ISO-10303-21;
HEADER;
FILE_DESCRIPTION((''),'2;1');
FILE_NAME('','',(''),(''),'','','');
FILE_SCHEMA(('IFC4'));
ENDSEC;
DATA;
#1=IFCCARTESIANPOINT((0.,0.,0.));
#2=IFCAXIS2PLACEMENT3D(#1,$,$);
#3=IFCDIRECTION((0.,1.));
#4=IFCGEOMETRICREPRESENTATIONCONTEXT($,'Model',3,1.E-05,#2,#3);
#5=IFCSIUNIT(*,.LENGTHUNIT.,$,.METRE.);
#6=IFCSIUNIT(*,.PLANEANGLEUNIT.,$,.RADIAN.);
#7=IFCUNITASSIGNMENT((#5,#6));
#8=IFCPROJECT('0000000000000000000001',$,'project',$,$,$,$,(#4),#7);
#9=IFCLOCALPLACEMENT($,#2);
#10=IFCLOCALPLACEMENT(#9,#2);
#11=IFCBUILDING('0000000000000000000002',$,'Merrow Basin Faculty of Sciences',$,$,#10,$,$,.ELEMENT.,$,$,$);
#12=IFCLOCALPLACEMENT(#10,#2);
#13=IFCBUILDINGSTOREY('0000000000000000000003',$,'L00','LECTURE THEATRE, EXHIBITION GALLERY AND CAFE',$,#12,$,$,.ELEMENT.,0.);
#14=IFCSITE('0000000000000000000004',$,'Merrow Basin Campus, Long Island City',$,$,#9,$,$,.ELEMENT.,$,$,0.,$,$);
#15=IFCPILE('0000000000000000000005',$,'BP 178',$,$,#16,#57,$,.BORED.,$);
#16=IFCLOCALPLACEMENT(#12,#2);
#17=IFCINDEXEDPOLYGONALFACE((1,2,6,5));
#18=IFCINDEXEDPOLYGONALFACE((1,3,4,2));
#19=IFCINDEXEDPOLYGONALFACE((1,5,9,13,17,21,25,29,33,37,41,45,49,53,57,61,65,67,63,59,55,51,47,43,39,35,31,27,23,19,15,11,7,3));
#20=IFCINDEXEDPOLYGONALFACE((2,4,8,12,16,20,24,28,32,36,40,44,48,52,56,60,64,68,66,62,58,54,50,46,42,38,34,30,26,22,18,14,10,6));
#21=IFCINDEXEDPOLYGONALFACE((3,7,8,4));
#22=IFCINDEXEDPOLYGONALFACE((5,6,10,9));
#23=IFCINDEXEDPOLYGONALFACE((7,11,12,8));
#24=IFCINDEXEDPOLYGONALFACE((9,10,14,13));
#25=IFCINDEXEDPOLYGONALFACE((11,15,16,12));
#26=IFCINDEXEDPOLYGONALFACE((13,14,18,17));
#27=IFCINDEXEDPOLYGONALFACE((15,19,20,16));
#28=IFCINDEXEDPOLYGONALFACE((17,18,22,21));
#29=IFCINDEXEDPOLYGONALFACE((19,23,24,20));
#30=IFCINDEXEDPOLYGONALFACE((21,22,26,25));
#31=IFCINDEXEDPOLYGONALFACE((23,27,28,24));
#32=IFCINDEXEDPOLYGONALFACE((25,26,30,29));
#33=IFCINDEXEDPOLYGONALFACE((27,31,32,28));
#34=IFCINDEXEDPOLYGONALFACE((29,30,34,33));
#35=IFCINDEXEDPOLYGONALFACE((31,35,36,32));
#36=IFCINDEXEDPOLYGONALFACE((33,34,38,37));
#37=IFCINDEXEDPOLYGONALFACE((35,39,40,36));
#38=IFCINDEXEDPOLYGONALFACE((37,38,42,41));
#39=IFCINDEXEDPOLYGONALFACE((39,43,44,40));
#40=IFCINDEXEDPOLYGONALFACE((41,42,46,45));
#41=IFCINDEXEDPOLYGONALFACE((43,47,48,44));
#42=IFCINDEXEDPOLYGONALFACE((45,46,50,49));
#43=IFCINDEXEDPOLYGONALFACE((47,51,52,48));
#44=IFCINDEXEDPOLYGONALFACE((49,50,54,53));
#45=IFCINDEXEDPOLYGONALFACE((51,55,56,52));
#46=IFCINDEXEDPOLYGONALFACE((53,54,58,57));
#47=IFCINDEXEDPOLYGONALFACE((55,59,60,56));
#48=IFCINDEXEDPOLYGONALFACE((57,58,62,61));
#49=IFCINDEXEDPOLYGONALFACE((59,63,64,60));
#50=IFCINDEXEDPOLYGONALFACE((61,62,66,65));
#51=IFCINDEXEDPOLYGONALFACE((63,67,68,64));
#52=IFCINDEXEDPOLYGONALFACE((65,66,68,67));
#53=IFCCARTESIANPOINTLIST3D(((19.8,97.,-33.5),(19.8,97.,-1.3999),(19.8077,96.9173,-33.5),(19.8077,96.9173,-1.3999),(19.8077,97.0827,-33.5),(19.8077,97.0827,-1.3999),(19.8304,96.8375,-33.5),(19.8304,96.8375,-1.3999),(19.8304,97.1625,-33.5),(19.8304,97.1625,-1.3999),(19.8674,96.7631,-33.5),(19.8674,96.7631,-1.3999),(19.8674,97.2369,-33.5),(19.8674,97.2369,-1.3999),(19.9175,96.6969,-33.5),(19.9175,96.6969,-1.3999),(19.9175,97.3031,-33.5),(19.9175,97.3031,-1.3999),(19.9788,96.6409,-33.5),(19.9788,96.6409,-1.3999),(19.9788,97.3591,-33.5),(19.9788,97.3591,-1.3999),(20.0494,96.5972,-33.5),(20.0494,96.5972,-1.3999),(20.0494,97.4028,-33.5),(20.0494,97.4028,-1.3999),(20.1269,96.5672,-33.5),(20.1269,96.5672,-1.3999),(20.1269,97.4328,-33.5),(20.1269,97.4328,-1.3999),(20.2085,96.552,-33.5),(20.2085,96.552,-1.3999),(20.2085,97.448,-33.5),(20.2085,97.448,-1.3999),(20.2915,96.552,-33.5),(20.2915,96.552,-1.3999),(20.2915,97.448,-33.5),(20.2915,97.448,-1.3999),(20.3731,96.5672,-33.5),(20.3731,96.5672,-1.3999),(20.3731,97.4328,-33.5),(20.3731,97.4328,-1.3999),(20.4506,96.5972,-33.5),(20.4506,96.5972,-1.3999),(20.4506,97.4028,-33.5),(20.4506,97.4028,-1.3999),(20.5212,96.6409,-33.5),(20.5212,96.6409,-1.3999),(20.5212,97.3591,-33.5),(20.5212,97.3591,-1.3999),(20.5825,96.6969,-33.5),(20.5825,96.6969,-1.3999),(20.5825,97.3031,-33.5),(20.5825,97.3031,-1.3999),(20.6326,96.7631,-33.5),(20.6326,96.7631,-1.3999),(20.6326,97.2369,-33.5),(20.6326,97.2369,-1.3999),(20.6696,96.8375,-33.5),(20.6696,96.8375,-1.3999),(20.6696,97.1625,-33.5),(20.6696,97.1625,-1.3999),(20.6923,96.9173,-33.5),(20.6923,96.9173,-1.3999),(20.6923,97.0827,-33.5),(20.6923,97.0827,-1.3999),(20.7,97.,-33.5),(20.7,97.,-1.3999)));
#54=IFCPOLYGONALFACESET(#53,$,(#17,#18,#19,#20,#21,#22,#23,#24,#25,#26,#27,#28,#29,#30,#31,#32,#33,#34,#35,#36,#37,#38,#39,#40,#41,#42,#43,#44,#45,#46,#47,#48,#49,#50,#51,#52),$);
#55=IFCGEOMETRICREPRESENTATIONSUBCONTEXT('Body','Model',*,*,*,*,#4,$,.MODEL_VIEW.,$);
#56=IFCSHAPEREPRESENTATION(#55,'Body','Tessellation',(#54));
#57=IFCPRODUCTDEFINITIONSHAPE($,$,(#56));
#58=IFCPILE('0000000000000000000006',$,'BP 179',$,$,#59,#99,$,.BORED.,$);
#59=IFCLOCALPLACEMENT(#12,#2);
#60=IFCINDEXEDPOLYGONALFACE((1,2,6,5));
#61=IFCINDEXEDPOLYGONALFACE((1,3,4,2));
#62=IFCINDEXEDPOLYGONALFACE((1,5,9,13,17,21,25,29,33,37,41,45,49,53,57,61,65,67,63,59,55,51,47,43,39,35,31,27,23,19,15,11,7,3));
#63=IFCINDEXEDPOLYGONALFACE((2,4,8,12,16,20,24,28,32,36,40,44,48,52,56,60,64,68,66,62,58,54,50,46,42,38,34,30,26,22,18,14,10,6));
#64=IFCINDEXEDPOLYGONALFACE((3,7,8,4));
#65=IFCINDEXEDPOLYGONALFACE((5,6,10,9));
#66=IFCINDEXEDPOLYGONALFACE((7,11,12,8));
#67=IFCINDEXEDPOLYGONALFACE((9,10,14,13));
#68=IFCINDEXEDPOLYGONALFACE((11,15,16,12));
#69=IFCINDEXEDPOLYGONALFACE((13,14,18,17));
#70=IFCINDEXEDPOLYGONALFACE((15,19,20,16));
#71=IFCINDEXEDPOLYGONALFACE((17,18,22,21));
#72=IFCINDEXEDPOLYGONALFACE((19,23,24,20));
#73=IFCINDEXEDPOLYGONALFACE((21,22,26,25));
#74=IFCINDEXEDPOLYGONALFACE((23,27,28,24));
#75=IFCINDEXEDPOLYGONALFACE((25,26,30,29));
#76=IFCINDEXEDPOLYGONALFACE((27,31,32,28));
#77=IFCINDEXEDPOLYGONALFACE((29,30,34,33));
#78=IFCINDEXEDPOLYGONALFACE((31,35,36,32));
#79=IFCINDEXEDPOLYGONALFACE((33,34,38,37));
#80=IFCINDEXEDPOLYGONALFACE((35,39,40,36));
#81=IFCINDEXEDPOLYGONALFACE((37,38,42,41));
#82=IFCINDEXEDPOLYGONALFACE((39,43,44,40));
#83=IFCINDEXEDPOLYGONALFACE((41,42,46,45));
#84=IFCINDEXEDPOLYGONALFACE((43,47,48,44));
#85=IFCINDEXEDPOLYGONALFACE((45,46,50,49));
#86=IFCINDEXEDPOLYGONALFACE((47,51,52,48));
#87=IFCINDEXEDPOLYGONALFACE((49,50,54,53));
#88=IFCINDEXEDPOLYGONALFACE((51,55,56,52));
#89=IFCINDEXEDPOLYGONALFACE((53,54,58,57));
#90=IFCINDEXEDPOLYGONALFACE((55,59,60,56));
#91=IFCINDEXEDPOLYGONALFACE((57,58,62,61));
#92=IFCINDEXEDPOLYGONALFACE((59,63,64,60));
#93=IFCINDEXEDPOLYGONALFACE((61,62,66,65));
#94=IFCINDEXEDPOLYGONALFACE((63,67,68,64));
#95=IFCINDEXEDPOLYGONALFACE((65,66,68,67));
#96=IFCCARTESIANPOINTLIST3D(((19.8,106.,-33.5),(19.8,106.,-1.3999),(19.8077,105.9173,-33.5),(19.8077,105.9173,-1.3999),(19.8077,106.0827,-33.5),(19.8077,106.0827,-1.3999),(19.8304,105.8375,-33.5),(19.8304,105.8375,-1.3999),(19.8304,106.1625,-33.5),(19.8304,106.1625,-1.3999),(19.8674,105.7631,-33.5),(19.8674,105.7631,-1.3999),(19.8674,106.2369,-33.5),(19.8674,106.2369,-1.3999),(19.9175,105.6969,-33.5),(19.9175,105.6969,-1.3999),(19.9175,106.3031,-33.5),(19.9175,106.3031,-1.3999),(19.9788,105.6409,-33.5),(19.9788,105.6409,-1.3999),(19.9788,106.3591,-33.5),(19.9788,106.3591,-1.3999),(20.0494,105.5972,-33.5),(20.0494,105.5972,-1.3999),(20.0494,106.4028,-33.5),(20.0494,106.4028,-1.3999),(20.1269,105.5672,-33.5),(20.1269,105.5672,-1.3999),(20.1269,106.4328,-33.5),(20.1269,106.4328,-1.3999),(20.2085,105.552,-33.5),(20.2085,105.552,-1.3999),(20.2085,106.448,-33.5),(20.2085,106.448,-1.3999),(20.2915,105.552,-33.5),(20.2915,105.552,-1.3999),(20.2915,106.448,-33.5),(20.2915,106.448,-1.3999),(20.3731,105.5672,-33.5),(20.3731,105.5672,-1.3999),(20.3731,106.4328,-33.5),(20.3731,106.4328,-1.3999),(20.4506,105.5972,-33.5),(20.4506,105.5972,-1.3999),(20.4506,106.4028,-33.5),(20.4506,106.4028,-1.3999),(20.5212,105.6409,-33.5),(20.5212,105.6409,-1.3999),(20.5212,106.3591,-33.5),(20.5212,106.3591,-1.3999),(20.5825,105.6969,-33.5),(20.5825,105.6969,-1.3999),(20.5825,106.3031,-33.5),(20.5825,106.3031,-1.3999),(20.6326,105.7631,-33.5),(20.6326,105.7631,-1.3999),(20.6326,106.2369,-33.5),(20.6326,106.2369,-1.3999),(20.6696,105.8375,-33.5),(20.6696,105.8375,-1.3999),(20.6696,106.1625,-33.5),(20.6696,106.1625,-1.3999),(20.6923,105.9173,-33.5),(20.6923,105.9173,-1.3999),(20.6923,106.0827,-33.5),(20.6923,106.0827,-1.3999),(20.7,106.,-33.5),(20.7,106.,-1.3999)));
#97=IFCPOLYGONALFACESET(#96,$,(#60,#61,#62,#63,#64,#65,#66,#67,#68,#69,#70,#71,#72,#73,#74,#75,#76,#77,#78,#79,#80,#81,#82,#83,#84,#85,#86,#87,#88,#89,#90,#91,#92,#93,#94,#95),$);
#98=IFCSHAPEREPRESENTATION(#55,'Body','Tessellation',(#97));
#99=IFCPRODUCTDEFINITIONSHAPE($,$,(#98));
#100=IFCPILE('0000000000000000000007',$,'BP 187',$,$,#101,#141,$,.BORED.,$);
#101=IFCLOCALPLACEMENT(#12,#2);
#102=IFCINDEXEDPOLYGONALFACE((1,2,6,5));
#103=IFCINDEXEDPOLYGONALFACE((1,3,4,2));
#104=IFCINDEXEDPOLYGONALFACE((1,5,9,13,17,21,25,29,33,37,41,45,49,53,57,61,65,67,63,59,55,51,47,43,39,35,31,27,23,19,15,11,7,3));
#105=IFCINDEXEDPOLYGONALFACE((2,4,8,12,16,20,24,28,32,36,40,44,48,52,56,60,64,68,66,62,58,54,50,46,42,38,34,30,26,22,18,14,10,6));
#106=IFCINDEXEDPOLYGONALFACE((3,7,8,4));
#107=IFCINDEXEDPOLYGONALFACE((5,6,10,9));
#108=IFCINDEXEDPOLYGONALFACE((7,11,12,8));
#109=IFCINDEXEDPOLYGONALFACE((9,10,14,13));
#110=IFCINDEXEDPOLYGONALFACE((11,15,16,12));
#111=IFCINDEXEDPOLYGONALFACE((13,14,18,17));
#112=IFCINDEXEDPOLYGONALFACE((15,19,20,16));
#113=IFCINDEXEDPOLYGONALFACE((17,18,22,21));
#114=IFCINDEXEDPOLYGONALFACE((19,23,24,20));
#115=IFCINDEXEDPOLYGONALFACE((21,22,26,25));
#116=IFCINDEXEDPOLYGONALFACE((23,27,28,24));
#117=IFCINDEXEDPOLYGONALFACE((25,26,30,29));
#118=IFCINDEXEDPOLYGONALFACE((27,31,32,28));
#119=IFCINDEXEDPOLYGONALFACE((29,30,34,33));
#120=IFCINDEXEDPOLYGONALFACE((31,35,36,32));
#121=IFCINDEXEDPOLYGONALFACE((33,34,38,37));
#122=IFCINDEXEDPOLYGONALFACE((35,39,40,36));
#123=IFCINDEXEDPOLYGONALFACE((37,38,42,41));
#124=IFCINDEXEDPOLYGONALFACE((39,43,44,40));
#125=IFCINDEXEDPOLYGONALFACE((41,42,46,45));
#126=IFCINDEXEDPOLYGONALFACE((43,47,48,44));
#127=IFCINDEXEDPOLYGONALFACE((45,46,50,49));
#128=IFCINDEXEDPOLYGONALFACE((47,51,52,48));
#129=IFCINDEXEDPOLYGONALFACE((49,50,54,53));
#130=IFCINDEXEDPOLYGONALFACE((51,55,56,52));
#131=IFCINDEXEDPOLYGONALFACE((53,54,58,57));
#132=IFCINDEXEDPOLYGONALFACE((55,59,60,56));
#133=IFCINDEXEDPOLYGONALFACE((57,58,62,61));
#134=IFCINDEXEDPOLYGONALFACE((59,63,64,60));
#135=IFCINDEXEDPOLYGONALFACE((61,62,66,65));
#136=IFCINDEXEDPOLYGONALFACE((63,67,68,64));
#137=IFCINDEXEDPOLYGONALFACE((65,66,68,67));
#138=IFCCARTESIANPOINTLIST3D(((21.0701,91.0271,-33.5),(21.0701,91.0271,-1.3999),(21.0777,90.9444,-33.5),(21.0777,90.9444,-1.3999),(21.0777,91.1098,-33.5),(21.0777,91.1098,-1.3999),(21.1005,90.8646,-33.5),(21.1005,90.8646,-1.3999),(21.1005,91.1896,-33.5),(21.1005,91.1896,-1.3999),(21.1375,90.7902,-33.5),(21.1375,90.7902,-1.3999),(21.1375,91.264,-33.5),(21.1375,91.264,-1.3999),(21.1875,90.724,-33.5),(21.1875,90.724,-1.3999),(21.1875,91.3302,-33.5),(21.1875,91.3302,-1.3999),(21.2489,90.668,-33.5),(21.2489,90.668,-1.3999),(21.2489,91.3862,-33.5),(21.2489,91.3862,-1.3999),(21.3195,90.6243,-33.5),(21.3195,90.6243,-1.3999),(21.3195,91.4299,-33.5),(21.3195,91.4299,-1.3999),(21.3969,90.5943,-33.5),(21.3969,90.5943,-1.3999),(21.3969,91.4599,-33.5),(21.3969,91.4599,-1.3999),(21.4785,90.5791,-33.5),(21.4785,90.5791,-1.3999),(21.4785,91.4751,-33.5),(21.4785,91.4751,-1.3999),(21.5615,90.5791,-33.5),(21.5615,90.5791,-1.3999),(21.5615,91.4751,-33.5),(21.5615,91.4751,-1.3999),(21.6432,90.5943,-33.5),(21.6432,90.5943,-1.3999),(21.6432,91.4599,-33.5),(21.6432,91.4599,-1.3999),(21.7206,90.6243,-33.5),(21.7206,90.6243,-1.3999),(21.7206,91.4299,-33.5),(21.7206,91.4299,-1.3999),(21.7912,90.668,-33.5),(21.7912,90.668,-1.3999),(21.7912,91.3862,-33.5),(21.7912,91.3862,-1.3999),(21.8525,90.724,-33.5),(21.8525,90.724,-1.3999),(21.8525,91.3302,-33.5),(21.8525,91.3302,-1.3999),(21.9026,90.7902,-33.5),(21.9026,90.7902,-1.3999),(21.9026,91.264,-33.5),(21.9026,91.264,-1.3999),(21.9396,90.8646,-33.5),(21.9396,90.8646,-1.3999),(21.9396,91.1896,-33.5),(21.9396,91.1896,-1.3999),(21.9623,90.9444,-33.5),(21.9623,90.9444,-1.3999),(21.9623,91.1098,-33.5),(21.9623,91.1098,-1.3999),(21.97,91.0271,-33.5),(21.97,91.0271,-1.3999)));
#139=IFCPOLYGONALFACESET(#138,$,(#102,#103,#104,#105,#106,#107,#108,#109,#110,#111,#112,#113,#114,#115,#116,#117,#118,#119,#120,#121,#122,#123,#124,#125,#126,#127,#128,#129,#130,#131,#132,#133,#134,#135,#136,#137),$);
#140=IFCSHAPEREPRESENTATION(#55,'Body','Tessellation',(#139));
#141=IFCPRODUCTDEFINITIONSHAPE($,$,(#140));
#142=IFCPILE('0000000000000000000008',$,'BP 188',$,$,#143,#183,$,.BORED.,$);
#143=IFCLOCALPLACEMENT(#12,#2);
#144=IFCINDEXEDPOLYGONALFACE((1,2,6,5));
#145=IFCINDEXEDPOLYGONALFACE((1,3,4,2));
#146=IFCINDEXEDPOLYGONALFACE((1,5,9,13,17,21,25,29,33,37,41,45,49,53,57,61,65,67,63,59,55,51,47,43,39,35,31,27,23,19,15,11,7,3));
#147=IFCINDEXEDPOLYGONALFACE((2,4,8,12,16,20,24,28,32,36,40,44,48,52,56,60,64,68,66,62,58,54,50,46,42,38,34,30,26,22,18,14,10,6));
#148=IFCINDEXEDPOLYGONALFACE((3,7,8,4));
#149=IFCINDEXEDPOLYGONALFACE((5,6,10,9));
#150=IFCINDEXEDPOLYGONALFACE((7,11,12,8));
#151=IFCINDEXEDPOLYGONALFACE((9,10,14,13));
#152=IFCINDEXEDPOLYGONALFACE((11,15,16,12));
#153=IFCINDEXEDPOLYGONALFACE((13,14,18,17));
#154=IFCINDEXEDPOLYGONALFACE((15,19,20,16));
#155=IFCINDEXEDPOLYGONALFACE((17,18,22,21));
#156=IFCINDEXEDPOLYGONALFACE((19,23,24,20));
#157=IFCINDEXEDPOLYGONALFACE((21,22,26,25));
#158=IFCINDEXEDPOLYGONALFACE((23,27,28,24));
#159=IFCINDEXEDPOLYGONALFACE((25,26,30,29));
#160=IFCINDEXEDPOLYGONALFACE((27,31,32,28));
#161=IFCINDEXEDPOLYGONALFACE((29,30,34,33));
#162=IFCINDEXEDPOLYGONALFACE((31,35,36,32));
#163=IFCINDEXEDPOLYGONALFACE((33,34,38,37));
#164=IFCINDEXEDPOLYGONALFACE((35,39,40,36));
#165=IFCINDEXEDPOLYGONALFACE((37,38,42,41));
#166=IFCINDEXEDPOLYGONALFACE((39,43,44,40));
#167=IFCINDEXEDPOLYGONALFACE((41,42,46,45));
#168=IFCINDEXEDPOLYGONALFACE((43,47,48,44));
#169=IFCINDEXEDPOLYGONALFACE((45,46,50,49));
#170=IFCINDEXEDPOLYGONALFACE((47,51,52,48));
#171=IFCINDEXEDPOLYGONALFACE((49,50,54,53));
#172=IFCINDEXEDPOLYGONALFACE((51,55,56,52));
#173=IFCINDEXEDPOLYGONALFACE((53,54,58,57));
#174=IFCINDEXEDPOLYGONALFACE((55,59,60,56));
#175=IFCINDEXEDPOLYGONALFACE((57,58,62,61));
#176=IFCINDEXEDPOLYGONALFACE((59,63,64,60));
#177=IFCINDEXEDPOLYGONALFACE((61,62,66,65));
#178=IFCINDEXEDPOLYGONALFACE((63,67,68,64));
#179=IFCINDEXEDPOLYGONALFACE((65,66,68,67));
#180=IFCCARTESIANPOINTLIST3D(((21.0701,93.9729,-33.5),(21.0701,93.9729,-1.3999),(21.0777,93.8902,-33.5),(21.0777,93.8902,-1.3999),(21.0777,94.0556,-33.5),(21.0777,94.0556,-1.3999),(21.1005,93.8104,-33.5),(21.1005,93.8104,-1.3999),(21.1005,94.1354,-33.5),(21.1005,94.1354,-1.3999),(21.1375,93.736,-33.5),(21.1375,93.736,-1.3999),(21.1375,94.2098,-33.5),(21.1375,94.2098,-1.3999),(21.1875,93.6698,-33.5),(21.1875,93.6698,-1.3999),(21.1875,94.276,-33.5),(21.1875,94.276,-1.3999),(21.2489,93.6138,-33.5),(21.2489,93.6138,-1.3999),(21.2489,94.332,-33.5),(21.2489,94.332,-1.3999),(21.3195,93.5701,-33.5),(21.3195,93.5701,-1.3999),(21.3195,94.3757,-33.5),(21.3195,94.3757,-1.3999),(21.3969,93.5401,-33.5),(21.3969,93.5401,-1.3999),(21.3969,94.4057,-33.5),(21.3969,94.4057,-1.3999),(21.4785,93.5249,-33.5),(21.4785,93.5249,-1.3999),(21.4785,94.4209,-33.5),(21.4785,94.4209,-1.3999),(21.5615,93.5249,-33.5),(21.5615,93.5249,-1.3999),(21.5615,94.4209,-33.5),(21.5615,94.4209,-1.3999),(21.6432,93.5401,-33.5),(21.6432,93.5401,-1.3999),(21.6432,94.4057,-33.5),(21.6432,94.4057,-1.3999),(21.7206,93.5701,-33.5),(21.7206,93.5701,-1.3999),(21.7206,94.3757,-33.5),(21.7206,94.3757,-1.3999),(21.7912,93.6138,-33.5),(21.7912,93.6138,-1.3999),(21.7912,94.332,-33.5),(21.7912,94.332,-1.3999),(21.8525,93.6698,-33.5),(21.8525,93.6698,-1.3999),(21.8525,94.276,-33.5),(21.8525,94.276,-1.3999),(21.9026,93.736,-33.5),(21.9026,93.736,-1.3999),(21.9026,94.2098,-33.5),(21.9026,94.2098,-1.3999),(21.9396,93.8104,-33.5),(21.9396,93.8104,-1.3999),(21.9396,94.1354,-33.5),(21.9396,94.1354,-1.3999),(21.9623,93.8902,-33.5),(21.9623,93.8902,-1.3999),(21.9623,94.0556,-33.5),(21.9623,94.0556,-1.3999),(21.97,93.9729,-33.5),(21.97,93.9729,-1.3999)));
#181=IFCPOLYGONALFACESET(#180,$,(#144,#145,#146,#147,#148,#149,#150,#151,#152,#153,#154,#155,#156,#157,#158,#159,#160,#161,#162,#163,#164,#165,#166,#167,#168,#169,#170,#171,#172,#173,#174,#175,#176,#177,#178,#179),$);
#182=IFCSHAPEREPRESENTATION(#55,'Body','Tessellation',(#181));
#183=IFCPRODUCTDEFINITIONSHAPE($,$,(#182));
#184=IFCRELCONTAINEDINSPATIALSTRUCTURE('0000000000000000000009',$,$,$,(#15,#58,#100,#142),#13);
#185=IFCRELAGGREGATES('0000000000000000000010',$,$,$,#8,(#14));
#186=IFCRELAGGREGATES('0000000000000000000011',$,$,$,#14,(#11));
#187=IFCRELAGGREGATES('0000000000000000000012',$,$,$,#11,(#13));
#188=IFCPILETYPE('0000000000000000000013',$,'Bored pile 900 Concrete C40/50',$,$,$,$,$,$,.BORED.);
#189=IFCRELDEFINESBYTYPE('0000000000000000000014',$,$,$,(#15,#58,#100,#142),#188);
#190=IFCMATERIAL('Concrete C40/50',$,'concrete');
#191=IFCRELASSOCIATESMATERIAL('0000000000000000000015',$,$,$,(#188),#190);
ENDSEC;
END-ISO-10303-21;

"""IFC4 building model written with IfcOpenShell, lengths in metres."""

from ifc_helpers import new_model, si_unit, direction, frame, origin, origin_2d, place, context, subcontext, project, spatial, circle, extrude, material, material_profile, profile_set, type_object, element, save


model = new_model("IFC4")

# Units and contexts
model_context = context("Model", 3, precision=1e-05, world=origin(), true_north=direction((0.0, 1.0)))
body_context = subcontext(model_context, "Body", "Model", "MODEL_VIEW")
ifc_project = project(units=[si_unit("LENGTHUNIT", "METRE"), si_unit("PLANEANGLEUNIT", "RADIAN")], contexts=[model_context])

# Site, building, storey
site_placement = place(None, origin())
site = spatial("IfcSite", under=ifc_project, at=site_placement, Name="Merrow Basin Campus, Long Island City", CompositionType="ELEMENT", RefElevation=0.0)
building_placement = place(site_placement, origin())
building = spatial("IfcBuilding", under=site, at=building_placement, Name="Merrow Basin Faculty of Sciences", CompositionType="ELEMENT")
storey_placement = place(building_placement, origin())
storey = spatial("IfcBuildingStorey", under=building, at=storey_placement, Name="L00", Description="LECTURE THEATRE, EXHIBITION GALLERY AND CAFE", CompositionType="ELEMENT", Elevation=0.0)

# Piles
ifc_material_1 = material(Name="Concrete C40/50", Category="concrete")
ifc_material_profile_1 = material_profile(ifc_material_1, circle(Radius=0.45, at=origin_2d()))
ifc_profile_set_1 = profile_set([ifc_material_profile_1], Name="Concrete C40/50")
pile_type_1 = type_object("IfcPileType", Name="Bored pile 900 Concrete C40/50", PredefinedType="BORED", material=ifc_profile_set_1)
for number, where, z_axis, x_axis, name in (
    (1, (20.25, 97.0, -1.3999), (0.0, 0.0, -1.0), (1.0, 0.0, 0.0), "BP 178"),
    (2, (20.25, 106.0, -1.3999), (0.0, 0.0, -1.0), (1.0, 0.0, 0.0), "BP 179"),
    (3, (21.52, 91.0271, -1.3999), (0.0, 0.0, -1.0), (1.0, 0.0, 0.0), "BP 187"),
    (4, (21.52, 93.9729, -1.3999), (0.0, 0.0, -1.0), (1.0, 0.0, 0.0), "BP 188"),
):
    element("IfcPile", number, at=place(storey_placement, frame(where, z_axis=z_axis, x_axis=x_axis)), inside=storey, type_object=pile_type_1, Name=name, PredefinedType="BORED", context=body_context, shape_type="SweptSolid", body=[
        extrude(circle(Radius=0.45, at=origin_2d()), origin(), (0.0, 0.0, 1.0), 32.1001),
    ])

save(model, "model.ifc")
